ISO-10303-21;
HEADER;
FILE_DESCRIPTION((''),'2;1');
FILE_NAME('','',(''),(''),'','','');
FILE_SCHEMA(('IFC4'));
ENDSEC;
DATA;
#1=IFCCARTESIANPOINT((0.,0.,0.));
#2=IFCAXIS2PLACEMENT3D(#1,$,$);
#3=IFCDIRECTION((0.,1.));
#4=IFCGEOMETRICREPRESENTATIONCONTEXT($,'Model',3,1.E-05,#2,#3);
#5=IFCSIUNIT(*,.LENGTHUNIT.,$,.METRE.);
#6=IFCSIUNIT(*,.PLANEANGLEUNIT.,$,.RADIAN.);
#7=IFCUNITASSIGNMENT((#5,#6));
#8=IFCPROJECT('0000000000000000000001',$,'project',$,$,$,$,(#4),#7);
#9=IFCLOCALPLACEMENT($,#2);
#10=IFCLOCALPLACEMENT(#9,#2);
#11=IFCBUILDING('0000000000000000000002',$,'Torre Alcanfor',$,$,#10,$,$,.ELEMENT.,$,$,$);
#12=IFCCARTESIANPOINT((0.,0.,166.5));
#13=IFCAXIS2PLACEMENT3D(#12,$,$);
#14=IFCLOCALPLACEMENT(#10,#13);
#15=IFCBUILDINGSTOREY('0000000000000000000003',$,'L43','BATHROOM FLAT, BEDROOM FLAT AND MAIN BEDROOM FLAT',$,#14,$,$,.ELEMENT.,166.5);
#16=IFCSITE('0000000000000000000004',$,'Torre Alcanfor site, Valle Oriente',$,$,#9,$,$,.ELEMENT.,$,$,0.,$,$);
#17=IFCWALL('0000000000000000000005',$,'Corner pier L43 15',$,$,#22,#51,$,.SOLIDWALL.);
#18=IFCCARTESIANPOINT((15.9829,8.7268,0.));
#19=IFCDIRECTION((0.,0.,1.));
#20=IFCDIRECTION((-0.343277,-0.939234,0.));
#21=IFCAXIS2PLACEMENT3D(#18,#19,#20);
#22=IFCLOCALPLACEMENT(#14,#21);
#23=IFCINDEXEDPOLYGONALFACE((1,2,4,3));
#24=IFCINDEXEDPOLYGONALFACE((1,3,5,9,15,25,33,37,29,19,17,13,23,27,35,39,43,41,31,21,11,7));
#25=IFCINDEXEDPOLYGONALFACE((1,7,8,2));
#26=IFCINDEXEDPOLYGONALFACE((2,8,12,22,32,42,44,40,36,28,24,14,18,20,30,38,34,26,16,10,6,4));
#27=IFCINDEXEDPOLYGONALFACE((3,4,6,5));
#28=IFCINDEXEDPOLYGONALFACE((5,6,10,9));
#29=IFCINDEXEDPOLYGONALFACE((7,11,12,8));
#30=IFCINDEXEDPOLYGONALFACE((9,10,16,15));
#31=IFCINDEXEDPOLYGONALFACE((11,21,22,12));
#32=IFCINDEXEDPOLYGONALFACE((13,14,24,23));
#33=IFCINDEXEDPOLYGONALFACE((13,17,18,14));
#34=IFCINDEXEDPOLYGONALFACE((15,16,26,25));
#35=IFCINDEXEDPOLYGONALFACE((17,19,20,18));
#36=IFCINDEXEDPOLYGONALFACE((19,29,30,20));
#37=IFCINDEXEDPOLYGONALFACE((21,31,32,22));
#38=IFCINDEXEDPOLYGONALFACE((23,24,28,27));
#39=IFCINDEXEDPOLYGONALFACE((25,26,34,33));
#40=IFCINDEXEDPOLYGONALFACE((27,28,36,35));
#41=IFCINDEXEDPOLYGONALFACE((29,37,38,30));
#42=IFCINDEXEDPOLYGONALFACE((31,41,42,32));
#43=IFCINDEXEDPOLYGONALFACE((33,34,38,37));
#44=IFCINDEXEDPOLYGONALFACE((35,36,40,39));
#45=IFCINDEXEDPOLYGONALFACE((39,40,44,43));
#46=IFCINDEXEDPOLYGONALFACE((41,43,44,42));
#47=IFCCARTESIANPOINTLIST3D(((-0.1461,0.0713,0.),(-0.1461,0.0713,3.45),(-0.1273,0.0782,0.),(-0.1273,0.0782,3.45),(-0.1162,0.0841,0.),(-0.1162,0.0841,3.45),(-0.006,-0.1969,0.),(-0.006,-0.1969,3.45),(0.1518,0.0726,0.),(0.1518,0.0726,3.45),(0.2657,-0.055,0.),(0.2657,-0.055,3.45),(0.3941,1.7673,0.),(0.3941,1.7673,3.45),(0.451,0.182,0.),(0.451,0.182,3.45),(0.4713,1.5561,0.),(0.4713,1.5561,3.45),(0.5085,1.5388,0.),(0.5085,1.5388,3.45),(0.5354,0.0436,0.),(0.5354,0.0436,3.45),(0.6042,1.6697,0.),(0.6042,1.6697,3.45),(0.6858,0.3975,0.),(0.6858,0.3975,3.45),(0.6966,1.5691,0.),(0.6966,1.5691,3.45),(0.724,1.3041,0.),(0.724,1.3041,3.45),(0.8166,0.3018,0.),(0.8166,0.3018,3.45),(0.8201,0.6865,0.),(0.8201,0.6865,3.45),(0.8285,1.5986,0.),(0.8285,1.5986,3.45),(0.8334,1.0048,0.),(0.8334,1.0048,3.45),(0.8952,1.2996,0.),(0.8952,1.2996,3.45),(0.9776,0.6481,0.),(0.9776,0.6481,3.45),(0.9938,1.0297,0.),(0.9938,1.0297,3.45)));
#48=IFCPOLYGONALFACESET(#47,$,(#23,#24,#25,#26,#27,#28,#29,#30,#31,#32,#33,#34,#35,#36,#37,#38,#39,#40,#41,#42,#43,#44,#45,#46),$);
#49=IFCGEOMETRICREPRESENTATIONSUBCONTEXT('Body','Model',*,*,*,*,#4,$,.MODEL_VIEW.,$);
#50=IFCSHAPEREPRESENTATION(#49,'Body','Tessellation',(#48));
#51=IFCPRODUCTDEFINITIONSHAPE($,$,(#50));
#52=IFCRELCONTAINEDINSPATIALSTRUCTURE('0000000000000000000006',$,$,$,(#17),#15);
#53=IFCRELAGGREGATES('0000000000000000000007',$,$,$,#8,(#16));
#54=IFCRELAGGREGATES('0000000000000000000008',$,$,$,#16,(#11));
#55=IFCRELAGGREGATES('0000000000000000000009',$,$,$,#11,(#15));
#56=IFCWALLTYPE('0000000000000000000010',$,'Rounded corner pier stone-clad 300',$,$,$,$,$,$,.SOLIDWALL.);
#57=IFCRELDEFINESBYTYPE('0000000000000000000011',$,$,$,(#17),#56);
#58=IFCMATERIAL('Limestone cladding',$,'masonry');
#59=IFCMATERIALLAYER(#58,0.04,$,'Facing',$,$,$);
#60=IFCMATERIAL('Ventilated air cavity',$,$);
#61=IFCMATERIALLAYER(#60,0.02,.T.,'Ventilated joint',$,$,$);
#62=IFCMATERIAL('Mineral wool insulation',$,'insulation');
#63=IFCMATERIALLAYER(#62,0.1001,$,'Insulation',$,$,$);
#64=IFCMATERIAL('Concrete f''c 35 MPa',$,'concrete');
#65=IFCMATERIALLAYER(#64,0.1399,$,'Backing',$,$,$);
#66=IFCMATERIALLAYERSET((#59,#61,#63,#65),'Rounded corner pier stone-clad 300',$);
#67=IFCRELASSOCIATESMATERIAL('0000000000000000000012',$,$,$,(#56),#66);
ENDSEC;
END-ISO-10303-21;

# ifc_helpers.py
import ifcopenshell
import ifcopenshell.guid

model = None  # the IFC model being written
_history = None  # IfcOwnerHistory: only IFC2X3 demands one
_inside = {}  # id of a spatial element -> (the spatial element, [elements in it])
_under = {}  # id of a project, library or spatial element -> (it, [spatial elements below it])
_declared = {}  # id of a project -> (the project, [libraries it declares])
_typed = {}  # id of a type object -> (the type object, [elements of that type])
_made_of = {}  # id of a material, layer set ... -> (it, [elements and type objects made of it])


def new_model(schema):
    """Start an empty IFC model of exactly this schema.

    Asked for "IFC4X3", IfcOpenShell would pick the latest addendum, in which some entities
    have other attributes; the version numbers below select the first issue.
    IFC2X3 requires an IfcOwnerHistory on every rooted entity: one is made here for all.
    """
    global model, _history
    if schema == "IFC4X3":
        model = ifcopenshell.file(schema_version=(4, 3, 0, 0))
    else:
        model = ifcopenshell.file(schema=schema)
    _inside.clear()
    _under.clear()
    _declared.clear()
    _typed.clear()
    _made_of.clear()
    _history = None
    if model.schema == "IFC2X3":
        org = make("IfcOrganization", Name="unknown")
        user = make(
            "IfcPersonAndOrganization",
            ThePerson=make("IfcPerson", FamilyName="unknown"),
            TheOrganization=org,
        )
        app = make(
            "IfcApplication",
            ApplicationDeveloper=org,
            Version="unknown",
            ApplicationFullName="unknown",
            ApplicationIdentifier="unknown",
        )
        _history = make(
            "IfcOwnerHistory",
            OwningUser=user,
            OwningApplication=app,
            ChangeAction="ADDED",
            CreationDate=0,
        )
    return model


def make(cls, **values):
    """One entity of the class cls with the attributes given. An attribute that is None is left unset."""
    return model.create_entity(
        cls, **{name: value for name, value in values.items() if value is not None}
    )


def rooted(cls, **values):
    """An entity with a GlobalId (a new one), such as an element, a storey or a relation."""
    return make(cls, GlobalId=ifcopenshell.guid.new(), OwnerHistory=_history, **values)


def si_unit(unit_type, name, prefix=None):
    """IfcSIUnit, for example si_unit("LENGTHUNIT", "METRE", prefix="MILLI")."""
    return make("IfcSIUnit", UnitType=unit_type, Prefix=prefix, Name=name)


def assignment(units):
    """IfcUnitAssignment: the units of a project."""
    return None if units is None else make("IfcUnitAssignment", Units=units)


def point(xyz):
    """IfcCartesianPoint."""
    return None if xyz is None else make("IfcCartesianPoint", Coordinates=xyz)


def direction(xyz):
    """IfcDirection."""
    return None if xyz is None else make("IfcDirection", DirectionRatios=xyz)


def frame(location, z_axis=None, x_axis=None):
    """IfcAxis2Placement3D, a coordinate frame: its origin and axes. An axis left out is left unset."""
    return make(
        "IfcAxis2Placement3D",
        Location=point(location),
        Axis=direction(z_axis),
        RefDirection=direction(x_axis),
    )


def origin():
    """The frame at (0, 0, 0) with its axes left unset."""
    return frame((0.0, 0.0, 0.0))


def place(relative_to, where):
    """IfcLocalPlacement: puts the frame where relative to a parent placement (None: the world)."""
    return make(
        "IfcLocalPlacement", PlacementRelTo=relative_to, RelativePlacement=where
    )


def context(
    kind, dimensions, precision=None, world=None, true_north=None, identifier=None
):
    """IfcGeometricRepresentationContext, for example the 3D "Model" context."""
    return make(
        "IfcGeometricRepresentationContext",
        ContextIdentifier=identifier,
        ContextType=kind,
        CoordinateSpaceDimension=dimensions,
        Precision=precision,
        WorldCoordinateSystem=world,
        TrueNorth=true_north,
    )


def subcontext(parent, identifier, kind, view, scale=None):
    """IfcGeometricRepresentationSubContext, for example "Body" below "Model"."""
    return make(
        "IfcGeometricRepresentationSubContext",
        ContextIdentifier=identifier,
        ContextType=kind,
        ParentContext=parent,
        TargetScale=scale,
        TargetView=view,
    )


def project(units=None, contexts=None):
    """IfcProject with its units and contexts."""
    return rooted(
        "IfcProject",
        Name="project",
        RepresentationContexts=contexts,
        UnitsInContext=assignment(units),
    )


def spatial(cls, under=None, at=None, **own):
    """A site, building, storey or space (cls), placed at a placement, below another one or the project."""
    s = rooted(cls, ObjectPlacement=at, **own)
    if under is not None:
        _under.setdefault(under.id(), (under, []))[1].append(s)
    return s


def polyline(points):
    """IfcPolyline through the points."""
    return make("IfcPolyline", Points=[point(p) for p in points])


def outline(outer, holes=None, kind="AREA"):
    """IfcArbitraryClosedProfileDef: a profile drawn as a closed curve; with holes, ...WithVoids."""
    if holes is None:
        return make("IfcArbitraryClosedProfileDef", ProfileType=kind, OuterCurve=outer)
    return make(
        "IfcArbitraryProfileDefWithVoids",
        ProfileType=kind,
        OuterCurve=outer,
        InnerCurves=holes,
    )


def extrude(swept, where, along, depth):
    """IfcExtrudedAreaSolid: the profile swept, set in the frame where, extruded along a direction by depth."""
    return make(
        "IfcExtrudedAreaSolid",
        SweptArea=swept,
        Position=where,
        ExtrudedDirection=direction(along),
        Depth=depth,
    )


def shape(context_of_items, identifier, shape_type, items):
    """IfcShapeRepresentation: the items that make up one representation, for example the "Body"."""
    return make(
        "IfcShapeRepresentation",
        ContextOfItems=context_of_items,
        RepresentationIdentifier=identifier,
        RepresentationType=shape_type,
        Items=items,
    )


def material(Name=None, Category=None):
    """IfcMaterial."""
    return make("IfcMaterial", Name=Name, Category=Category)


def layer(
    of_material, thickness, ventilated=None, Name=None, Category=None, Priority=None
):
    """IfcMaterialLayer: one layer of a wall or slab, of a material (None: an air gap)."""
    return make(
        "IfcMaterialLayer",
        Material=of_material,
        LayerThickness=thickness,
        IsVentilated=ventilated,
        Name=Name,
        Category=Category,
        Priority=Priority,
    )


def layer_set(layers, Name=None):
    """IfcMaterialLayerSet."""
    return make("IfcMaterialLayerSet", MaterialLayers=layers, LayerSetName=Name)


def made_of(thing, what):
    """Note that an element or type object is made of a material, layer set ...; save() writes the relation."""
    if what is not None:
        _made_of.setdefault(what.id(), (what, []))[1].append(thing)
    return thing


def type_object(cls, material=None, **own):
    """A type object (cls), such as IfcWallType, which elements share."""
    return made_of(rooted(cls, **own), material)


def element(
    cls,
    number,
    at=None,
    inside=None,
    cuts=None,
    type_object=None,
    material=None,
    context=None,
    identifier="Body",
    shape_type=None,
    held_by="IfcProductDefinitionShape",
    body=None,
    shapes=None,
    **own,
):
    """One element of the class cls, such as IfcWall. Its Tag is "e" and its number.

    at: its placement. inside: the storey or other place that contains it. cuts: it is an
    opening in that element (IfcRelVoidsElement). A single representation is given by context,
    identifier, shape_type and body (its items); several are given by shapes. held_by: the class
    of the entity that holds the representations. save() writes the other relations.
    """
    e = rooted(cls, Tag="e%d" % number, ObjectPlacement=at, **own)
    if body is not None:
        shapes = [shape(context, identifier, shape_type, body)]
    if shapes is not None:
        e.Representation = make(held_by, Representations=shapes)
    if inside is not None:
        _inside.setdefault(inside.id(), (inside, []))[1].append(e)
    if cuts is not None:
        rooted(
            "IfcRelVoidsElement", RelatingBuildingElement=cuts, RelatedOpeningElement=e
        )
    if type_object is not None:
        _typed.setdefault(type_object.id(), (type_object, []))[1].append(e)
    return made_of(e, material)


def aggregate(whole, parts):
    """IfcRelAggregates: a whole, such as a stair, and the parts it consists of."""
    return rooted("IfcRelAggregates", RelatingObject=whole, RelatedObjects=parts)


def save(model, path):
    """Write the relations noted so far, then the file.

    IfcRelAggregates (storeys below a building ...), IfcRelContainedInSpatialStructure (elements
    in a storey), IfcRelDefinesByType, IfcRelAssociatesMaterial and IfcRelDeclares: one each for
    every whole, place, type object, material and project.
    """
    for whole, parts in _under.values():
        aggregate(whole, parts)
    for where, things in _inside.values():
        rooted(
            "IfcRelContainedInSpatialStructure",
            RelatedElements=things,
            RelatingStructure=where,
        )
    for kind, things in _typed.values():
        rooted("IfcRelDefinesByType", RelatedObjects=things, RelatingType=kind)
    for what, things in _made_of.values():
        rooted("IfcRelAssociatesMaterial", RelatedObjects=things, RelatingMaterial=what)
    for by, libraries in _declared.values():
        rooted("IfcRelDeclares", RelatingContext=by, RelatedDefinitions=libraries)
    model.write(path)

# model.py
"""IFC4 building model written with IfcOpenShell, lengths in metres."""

from ifc_helpers import new_model, si_unit, direction, frame, origin, place, context, subcontext, project, spatial, polyline, outline, extrude, material, layer, layer_set, type_object, element, save


model = new_model("IFC4")

# Units and contexts
model_context = context("Model", 3, precision=1e-05, world=origin(), true_north=direction((0.0, 1.0)))
body_context = subcontext(model_context, "Body", "Model", "MODEL_VIEW")
ifc_project = project(units=[si_unit("LENGTHUNIT", "METRE"), si_unit("PLANEANGLEUNIT", "RADIAN")], contexts=[model_context])

# Site, building, storey
site_placement = place(None, origin())
site = spatial("IfcSite", under=ifc_project, at=site_placement, Name="Torre Alcanfor site, Valle Oriente", CompositionType="ELEMENT", RefElevation=0.0)
building_placement = place(site_placement, origin())
building = spatial("IfcBuilding", under=site, at=building_placement, Name="Torre Alcanfor", CompositionType="ELEMENT")
storey_placement = place(building_placement, frame((0.0, 0.0, 166.5)))
storey = spatial("IfcBuildingStorey", under=building, at=storey_placement, Name="L43", Description="BATHROOM FLAT, BEDROOM FLAT AND MAIN BEDROOM FLAT", CompositionType="ELEMENT", Elevation=166.5)

# Wall
ifc_material_1 = material(Name="Limestone cladding", Category="masonry")
ifc_layer_1 = layer(ifc_material_1, 0.04, Name="Facing")
ifc_material_2 = material(Name="Ventilated air cavity")
ifc_layer_2 = layer(ifc_material_2, 0.02, ventilated=True, Name="Ventilated joint")
ifc_material_3 = material(Name="Mineral wool insulation", Category="insulation")
ifc_layer_3 = layer(ifc_material_3, 0.1001, Name="Insulation")
ifc_material_4 = material(Name="Concrete f'c 35 MPa", Category="concrete")
ifc_layer_4 = layer(ifc_material_4, 0.1399, Name="Backing")
ifc_layer_set_1 = layer_set([ifc_layer_1, ifc_layer_2, ifc_layer_3, ifc_layer_4], Name="Rounded corner pier stone-clad 300")
wall_type_1 = type_object("IfcWallType", Name="Rounded corner pier stone-clad 300", PredefinedType="SOLIDWALL", material=ifc_layer_set_1)
wall_1_placement = place(storey_placement, frame((15.9829, 8.7268, 0.0), z_axis=(0.0, 0.0, 1.0), x_axis=(-0.343277, -0.939234, 0.0)))
element("IfcWall", 1, at=wall_1_placement, inside=storey, type_object=wall_type_1, Name="Corner pier L43 15", PredefinedType="SOLIDWALL", context=body_context, shape_type="SweptSolid", body=[
    extrude(outline(polyline([(0.8285, 1.5986), (0.6966, 1.5691), (0.6042, 1.6697), (0.3941, 1.7673), (0.4713, 1.5561), (0.5085, 1.5388), (0.724, 1.3041), (0.8334, 1.0048), (0.8201, 0.6865), (0.6858, 0.3975), (0.451, 0.182), (0.1518, 0.0726), (-0.1162, 0.0841), (-0.1273, 0.0782), (-0.1461, 0.0713), (-0.006, -0.1969), (0.2657, -0.055), (0.5354, 0.0436), (0.8166, 0.3018), (0.9776, 0.6481), (0.9938, 1.0297), (0.8952, 1.2996), (0.8285, 1.5986)])), origin(), (0.0, 0.0, 1.0), 3.45),
])

save(model, "model.ifc")
